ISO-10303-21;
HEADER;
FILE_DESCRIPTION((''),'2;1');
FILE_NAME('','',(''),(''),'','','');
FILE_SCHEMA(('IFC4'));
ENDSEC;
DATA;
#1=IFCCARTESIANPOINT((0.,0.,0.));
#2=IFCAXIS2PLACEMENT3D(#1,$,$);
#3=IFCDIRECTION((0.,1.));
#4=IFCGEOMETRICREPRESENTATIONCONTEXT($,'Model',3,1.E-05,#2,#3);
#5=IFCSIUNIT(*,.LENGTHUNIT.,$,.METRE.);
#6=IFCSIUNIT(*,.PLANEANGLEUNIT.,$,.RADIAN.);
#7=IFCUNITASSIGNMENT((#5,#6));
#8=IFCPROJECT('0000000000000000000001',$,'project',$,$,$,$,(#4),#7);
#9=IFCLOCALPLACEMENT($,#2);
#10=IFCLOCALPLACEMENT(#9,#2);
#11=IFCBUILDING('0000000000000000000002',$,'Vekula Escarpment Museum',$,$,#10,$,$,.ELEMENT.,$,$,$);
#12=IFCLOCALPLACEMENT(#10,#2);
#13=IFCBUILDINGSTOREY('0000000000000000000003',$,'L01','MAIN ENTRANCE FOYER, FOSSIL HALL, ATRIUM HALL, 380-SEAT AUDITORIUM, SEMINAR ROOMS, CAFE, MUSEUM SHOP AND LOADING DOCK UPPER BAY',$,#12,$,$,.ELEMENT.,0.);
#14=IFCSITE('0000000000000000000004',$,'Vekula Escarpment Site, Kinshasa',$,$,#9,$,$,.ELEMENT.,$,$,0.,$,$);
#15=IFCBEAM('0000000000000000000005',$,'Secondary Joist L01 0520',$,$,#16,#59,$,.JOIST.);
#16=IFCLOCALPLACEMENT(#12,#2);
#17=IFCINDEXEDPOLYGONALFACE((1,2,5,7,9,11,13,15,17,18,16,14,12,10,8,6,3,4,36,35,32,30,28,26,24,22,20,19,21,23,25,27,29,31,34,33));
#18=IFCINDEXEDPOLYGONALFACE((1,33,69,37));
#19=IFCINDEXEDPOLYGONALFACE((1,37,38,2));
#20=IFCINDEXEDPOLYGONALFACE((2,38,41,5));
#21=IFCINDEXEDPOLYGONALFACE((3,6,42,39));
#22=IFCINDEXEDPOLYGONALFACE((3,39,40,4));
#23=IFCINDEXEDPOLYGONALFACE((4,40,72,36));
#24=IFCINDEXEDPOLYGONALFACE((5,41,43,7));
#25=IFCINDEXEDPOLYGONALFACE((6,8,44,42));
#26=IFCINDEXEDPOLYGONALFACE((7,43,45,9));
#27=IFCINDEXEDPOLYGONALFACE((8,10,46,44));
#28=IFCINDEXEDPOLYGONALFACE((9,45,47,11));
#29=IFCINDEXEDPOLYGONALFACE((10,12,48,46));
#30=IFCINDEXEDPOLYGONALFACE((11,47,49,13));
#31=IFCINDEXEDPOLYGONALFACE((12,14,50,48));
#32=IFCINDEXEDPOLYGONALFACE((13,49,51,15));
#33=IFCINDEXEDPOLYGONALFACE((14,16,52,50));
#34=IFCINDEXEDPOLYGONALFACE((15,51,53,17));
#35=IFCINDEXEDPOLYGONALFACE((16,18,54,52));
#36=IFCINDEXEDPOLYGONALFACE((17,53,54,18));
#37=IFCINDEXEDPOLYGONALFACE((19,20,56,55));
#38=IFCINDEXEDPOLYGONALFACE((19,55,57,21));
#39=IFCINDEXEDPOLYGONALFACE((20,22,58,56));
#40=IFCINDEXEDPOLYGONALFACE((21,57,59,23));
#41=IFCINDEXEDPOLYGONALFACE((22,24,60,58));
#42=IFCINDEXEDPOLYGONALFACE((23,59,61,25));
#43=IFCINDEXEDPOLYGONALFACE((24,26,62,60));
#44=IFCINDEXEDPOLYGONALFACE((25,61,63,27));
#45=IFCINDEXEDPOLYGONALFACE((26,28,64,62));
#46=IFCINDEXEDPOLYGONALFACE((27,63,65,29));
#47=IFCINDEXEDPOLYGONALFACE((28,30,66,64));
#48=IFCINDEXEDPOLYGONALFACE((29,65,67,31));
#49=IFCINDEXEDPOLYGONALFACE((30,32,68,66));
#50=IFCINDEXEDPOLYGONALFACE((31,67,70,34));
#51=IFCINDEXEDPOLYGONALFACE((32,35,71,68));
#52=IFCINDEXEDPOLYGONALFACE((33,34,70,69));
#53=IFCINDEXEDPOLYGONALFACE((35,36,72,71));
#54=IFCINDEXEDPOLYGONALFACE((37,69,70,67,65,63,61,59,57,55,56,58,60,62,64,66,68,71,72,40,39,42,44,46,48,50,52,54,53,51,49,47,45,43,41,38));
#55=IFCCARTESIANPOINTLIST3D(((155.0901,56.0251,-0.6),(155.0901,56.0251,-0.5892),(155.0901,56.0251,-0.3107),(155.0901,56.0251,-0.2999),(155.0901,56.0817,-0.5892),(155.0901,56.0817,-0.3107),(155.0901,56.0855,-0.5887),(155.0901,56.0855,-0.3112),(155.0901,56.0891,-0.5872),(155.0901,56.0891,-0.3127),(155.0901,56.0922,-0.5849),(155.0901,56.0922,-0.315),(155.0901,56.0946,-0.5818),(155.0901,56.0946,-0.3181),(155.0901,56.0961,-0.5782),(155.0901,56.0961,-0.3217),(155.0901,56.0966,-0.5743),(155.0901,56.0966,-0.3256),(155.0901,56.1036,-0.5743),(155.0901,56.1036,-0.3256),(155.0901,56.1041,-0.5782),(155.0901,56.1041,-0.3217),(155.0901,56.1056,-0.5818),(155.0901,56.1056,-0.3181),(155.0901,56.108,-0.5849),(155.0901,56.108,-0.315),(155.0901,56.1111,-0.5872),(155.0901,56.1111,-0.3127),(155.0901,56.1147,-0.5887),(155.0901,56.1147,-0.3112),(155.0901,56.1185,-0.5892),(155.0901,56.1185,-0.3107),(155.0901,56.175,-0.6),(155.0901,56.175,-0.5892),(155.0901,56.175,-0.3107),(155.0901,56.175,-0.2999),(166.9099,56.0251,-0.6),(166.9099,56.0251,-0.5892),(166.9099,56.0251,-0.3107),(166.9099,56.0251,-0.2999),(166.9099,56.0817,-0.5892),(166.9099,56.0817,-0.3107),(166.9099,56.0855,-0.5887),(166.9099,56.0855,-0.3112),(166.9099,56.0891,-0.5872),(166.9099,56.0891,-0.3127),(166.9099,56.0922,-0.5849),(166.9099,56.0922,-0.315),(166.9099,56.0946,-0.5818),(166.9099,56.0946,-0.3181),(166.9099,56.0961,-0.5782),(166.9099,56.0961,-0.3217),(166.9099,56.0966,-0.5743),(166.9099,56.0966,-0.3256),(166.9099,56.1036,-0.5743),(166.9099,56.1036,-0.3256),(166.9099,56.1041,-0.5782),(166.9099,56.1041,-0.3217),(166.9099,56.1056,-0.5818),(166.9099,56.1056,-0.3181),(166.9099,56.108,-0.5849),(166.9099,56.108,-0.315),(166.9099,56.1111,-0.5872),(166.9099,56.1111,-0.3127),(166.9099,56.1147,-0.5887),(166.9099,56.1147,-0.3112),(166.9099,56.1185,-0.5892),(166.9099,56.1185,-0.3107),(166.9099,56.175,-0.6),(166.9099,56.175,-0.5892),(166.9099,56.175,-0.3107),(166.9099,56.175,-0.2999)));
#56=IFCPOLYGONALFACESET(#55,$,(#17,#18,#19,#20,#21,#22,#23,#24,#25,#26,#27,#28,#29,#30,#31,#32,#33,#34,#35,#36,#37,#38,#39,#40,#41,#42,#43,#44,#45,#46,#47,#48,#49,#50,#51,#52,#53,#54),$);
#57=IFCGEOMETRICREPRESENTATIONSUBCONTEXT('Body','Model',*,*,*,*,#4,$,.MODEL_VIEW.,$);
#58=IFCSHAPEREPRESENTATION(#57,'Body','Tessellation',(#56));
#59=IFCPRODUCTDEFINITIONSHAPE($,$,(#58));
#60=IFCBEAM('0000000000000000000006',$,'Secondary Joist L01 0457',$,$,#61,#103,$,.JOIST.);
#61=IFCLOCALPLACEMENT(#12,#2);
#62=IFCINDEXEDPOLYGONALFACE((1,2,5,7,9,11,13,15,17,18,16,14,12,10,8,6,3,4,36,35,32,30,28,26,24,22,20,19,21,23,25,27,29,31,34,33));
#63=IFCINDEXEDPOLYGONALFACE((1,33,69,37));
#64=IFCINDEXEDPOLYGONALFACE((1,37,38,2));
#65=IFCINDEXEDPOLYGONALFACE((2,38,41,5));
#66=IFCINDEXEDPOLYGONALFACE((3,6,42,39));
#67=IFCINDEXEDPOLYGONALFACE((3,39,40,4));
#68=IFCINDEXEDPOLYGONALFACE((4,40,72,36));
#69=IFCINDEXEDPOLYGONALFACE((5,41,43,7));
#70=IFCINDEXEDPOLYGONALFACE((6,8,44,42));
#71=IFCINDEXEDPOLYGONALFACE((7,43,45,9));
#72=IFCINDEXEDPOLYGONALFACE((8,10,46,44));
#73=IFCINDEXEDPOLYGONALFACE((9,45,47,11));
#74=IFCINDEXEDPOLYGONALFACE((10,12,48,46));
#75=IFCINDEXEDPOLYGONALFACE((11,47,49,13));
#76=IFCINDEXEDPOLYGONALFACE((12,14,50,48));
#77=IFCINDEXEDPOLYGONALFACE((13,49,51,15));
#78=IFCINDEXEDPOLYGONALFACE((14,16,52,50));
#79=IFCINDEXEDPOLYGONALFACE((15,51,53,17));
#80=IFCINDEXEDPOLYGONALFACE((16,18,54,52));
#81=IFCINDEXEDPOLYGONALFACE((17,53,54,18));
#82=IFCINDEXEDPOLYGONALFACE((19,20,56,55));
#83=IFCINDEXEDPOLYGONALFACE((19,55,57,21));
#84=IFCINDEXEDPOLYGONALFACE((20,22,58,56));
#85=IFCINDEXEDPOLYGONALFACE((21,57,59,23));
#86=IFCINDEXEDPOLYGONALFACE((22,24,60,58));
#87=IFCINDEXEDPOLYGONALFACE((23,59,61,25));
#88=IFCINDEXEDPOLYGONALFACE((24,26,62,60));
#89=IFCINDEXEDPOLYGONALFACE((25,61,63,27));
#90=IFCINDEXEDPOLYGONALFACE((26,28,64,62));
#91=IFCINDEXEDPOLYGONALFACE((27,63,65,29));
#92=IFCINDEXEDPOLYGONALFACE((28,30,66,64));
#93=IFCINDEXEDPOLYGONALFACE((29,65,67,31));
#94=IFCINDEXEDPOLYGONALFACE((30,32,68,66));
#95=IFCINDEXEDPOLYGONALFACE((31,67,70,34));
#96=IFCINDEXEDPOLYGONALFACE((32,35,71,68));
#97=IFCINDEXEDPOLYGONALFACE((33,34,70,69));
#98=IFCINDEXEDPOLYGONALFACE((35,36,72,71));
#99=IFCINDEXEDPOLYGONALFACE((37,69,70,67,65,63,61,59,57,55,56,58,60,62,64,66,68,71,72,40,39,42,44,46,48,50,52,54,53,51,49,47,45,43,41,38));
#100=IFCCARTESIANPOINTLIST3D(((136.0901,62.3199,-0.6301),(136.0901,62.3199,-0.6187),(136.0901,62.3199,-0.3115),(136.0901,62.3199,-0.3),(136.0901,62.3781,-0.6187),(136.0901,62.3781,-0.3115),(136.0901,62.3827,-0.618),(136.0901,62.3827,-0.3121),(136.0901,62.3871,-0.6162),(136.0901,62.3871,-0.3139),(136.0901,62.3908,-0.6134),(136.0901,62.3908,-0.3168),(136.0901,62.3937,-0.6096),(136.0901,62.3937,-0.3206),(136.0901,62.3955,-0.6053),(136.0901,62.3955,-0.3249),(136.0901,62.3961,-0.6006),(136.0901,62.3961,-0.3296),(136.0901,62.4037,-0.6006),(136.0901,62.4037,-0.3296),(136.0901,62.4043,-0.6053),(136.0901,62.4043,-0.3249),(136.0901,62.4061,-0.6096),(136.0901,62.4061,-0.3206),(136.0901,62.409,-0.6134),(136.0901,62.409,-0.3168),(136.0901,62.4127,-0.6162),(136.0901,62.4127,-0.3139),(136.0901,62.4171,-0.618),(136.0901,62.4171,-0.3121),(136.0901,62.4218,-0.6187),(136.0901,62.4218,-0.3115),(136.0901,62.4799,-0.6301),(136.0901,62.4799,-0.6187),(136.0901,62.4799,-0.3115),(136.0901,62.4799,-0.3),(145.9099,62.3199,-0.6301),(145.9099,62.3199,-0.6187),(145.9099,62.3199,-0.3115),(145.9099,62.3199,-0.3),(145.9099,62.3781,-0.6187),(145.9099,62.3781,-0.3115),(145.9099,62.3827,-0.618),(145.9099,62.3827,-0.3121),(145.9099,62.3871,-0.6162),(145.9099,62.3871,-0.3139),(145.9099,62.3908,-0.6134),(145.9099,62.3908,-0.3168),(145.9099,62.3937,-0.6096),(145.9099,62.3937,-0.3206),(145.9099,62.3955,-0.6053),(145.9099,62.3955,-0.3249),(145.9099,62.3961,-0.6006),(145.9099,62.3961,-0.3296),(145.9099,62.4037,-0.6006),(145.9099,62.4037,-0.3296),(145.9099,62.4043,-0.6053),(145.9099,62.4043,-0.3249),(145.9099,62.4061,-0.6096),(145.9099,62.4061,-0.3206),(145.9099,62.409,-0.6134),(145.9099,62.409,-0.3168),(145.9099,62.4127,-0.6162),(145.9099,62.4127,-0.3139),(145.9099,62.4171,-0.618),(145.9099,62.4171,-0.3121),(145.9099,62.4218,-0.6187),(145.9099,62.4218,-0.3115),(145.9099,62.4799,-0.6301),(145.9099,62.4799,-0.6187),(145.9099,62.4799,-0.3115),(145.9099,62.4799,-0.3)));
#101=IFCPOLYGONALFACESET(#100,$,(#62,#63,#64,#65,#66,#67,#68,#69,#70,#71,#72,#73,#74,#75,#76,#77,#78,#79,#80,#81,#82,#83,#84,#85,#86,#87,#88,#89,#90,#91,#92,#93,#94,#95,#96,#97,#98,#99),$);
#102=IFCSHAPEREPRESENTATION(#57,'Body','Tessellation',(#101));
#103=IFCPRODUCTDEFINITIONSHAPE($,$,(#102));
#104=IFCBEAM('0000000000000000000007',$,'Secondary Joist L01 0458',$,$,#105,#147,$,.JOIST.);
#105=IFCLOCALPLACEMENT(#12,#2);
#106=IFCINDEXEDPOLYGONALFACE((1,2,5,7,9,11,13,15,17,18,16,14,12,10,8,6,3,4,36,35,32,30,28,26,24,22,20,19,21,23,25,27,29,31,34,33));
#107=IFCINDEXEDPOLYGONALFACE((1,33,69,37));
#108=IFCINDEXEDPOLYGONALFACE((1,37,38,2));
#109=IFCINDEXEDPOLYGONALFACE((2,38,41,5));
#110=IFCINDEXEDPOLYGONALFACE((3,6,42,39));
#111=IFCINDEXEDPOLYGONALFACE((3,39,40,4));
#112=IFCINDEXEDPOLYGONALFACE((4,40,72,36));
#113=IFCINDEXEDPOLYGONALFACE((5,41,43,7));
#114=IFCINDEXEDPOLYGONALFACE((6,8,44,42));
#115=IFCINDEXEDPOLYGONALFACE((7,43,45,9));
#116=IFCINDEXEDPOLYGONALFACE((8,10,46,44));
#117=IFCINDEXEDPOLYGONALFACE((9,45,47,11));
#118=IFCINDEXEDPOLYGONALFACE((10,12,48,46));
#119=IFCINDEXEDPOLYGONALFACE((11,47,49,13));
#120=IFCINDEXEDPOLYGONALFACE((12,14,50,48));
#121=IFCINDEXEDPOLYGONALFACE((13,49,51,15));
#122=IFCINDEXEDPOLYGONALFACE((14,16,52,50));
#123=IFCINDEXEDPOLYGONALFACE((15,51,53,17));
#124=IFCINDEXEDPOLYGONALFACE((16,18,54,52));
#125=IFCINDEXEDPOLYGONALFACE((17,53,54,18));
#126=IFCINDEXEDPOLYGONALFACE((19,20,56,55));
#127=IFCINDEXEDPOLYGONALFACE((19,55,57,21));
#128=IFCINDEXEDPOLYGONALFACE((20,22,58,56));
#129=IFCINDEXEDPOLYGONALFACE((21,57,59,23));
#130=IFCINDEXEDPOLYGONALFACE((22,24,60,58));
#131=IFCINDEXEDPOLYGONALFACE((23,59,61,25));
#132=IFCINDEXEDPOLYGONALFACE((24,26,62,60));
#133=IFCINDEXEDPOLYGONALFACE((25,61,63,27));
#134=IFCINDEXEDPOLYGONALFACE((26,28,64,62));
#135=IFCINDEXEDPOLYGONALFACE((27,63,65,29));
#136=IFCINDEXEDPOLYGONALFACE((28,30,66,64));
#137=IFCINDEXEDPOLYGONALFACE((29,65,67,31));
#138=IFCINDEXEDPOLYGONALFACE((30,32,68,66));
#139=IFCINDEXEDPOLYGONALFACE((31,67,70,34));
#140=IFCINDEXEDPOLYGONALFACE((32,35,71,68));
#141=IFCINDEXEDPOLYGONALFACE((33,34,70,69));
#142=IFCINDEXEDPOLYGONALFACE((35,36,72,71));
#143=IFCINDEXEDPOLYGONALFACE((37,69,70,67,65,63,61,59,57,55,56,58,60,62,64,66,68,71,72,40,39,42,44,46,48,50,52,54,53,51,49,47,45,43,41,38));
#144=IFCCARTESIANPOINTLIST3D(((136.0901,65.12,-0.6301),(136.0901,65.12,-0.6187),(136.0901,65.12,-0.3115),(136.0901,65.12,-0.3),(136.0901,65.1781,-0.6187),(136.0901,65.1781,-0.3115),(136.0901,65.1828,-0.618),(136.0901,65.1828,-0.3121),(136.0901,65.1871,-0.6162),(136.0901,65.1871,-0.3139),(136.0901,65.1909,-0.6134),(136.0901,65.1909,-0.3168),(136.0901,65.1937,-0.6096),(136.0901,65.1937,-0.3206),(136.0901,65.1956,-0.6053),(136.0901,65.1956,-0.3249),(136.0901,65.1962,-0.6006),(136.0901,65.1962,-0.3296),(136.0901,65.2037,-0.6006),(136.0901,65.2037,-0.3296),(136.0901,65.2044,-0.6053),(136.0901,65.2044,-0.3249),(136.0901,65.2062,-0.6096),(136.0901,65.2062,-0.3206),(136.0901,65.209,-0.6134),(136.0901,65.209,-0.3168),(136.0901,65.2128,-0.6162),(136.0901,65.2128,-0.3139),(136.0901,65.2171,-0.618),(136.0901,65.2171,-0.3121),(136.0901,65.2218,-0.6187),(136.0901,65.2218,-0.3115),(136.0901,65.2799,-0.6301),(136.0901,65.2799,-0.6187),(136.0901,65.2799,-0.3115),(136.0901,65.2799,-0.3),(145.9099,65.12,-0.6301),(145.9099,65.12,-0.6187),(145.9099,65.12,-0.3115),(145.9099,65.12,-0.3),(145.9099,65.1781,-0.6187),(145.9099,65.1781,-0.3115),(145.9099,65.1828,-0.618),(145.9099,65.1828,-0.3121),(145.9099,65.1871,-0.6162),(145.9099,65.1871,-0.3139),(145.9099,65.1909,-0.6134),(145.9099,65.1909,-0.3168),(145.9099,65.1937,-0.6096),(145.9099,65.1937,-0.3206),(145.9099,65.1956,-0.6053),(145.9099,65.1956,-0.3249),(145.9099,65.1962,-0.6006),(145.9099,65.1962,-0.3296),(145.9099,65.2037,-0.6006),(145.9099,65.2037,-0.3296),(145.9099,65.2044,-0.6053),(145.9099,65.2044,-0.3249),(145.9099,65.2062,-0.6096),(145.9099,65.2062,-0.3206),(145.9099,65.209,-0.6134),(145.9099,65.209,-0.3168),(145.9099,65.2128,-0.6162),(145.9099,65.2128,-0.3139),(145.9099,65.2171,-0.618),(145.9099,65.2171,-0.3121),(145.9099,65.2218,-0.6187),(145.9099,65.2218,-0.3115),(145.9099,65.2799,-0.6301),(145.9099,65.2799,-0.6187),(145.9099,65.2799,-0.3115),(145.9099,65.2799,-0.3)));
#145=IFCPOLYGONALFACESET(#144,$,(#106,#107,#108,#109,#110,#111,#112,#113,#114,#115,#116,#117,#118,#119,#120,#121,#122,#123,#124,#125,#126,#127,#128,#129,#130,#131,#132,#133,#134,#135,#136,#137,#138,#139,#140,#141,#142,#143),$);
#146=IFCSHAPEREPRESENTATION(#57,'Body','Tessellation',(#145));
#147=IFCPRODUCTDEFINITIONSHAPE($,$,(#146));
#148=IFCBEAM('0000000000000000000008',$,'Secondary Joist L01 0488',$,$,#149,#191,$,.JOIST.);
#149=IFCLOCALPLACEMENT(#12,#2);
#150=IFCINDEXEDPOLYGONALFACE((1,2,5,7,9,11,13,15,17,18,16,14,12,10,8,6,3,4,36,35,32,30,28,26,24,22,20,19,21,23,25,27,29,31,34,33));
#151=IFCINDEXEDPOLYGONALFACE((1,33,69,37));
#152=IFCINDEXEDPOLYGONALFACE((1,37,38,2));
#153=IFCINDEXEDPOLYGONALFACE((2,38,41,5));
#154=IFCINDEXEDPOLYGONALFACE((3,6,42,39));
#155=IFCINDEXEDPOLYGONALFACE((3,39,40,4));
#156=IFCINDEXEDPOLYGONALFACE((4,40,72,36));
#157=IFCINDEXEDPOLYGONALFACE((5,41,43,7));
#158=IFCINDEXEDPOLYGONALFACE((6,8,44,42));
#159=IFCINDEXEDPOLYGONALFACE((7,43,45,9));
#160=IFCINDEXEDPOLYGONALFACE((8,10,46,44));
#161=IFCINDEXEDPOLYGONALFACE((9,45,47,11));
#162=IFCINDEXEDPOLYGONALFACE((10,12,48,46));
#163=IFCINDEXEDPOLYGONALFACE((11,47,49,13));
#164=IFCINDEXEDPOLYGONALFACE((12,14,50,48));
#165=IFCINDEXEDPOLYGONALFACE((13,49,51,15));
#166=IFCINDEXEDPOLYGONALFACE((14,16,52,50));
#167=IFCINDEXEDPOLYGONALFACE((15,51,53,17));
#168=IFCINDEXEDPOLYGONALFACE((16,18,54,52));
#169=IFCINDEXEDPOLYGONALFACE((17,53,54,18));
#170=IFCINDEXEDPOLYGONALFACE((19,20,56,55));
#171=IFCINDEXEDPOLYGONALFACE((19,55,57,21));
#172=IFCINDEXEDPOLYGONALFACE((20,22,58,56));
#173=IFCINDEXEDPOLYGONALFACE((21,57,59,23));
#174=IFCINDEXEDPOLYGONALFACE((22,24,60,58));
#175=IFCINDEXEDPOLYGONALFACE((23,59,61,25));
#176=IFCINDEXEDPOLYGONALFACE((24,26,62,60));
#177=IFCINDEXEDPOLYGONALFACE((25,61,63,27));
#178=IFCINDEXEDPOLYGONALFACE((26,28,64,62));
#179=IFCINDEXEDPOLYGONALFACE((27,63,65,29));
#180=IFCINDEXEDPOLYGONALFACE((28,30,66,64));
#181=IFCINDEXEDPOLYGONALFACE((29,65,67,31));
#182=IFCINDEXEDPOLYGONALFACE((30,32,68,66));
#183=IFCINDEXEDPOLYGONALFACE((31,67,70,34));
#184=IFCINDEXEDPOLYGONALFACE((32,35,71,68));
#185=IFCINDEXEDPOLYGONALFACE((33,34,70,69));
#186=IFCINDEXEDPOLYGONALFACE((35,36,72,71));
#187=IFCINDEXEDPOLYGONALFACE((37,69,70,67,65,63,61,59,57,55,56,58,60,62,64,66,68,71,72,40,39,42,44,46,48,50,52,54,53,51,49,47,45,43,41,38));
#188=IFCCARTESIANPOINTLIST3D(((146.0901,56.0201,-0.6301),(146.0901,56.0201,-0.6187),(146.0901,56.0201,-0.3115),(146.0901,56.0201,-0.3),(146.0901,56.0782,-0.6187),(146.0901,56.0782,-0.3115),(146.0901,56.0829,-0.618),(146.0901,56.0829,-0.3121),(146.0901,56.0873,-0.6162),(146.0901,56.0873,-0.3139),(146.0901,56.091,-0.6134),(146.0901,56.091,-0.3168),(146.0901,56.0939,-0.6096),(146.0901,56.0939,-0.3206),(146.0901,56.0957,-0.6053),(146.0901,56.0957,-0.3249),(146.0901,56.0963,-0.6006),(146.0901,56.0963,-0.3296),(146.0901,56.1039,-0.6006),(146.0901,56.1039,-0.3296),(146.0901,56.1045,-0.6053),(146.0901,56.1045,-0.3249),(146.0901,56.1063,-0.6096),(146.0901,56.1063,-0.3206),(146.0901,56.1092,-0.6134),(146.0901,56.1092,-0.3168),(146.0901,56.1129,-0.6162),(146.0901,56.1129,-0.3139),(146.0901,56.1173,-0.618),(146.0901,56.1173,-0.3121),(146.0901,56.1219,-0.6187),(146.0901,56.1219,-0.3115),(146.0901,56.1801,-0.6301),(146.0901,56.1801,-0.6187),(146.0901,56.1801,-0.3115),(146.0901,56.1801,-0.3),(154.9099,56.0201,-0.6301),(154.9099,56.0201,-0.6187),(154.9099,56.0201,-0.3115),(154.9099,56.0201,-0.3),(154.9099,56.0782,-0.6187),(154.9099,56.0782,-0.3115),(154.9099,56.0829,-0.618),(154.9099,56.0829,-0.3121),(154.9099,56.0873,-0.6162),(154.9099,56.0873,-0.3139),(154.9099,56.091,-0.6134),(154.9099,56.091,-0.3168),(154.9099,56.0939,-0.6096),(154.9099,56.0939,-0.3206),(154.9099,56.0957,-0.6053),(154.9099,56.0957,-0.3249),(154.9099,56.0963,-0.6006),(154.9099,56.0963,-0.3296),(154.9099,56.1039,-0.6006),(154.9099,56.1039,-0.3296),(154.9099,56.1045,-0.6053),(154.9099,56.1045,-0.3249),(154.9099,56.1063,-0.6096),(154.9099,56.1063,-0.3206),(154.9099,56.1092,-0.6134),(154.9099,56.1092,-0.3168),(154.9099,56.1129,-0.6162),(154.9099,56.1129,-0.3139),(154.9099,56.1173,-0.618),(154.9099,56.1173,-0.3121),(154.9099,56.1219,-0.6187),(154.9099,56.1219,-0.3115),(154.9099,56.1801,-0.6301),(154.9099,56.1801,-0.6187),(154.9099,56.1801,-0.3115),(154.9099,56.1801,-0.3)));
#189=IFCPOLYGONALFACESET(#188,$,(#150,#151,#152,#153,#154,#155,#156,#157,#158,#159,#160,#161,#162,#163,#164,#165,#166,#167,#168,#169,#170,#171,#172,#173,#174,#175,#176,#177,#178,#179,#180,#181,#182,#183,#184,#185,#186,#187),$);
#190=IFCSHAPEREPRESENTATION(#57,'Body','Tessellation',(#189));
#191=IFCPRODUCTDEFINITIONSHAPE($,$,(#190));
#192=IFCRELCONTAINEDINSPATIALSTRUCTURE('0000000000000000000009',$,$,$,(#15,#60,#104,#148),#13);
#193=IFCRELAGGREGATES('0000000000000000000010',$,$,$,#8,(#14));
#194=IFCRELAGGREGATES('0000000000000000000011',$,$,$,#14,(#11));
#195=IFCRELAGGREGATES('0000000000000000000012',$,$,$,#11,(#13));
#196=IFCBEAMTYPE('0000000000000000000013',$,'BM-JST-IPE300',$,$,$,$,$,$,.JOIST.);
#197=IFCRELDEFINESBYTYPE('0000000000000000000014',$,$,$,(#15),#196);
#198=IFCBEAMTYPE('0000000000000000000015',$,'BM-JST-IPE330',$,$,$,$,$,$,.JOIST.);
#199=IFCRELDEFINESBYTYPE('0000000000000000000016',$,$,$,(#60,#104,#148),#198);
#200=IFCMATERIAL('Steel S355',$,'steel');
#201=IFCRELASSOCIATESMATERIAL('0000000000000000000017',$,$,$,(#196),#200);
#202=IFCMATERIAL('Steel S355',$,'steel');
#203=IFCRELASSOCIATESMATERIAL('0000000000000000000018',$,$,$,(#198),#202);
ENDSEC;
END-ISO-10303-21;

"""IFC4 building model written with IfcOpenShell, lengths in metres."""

from ifc_helpers import new_model, si_unit, direction, frame, origin, origin_2d, place, context, subcontext, project, spatial, i_section, extrude, material, material_profile, profile_set, type_object, element, save


model = new_model("IFC4")

# Units and contexts
model_context = context("Model", 3, precision=1e-05, world=origin(), true_north=direction((0.0, 1.0)))
body_context = subcontext(model_context, "Body", "Model", "MODEL_VIEW")
ifc_project = project(units=[si_unit("LENGTHUNIT", "METRE"), si_unit("PLANEANGLEUNIT", "RADIAN")], contexts=[model_context])

# Site, building, storey
site_placement = place(None, origin())
site = spatial("IfcSite", under=ifc_project, at=site_placement, Name="Vekula Escarpment Site, Kinshasa", CompositionType="ELEMENT", RefElevation=0.0)
building_placement = place(site_placement, origin())
building = spatial("IfcBuilding", under=site, at=building_placement, Name="Vekula Escarpment Museum", CompositionType="ELEMENT")
storey_placement = place(building_placement, origin())
storey = spatial("IfcBuildingStorey", under=building, at=storey_placement, Name="L01", Description="MAIN ENTRANCE FOYER, FOSSIL HALL, ATRIUM HALL, 380-SEAT AUDITORIUM, SEMINAR ROOMS, CAFE, MUSEUM SHOP AND LOADING DOCK UPPER BAY", CompositionType="ELEMENT", Elevation=0.0)

# Beams
ifc_material_1 = material(Name="Steel S355", Category="steel")
ifc_material_profile_1 = material_profile(ifc_material_1, i_section(OverallWidth=0.1499, OverallDepth=0.3, WebThickness=0.0071, FlangeThickness=0.0107, FilletRadius=0.0149, at=origin_2d()), Name="IPE 300")
ifc_profile_set_1 = profile_set([ifc_material_profile_1], Name="Steel S355")
beam_type_1 = type_object("IfcBeamType", Name="BM-JST-IPE300", PredefinedType="JOIST", material=ifc_profile_set_1)
beam_1_placement = place(storey_placement, frame((155.0901, 56.1001, -0.45), z_axis=(1.0, 0.0, 0.0), x_axis=(0.0, 1.0, 0.0)))
element("IfcBeam", 1, at=beam_1_placement, inside=storey, type_object=beam_type_1, Name="Secondary Joist L01 0520", PredefinedType="JOIST", context=body_context, shape_type="SweptSolid", body=[
    extrude(i_section(OverallWidth=0.1499, OverallDepth=0.3, WebThickness=0.0071, FlangeThickness=0.0107, FilletRadius=0.0149, at=origin_2d()), origin(), (0.0, 0.0, 1.0), 11.8198),
])
ifc_material_2 = material(Name="Steel S355", Category="steel")
ifc_material_profile_2 = material_profile(ifc_material_2, i_section(OverallWidth=0.1599, OverallDepth=0.3301, WebThickness=0.0076, FlangeThickness=0.0115, FilletRadius=0.0181, at=origin_2d()), Name="IPE 330")
ifc_profile_set_2 = profile_set([ifc_material_profile_2], Name="Steel S355")
beam_type_2 = type_object("IfcBeamType", Name="BM-JST-IPE330", PredefinedType="JOIST", material=ifc_profile_set_2)
for number, where, z_axis, x_axis, name in (
    (2, (136.0901, 62.3999, -0.4651), (1.0, 0.0, 0.0), (0.0, 1.0, 0.0), "Secondary Joist L01 0457"),
    (3, (136.0901, 65.2, -0.4651), (1.0, 0.0, 0.0), (0.0, 1.0, 0.0), "Secondary Joist L01 0458"),
):
    element("IfcBeam", number, at=place(storey_placement, frame(where, z_axis=z_axis, x_axis=x_axis)), inside=storey, type_object=beam_type_2, Name=name, PredefinedType="JOIST", context=body_context, shape_type="SweptSolid", body=[
        extrude(i_section(OverallWidth=0.1599, OverallDepth=0.3301, WebThickness=0.0076, FlangeThickness=0.0115, FilletRadius=0.0181, at=origin_2d()), origin(), (0.0, 0.0, 1.0), 9.8198),
    ])
beam_2_placement = place(storey_placement, frame((146.0901, 56.1001, -0.4651), z_axis=(1.0, 0.0, 0.0), x_axis=(0.0, 1.0, 0.0)))
element("IfcBeam", 4, at=beam_2_placement, inside=storey, type_object=beam_type_2, Name="Secondary Joist L01 0488", PredefinedType="JOIST", context=body_context, shape_type="SweptSolid", body=[
    extrude(i_section(OverallWidth=0.1599, OverallDepth=0.3301, WebThickness=0.0076, FlangeThickness=0.0115, FilletRadius=0.0181, at=origin_2d()), origin(), (0.0, 0.0, 1.0), 8.8198),
])

save(model, "model.ifc")
